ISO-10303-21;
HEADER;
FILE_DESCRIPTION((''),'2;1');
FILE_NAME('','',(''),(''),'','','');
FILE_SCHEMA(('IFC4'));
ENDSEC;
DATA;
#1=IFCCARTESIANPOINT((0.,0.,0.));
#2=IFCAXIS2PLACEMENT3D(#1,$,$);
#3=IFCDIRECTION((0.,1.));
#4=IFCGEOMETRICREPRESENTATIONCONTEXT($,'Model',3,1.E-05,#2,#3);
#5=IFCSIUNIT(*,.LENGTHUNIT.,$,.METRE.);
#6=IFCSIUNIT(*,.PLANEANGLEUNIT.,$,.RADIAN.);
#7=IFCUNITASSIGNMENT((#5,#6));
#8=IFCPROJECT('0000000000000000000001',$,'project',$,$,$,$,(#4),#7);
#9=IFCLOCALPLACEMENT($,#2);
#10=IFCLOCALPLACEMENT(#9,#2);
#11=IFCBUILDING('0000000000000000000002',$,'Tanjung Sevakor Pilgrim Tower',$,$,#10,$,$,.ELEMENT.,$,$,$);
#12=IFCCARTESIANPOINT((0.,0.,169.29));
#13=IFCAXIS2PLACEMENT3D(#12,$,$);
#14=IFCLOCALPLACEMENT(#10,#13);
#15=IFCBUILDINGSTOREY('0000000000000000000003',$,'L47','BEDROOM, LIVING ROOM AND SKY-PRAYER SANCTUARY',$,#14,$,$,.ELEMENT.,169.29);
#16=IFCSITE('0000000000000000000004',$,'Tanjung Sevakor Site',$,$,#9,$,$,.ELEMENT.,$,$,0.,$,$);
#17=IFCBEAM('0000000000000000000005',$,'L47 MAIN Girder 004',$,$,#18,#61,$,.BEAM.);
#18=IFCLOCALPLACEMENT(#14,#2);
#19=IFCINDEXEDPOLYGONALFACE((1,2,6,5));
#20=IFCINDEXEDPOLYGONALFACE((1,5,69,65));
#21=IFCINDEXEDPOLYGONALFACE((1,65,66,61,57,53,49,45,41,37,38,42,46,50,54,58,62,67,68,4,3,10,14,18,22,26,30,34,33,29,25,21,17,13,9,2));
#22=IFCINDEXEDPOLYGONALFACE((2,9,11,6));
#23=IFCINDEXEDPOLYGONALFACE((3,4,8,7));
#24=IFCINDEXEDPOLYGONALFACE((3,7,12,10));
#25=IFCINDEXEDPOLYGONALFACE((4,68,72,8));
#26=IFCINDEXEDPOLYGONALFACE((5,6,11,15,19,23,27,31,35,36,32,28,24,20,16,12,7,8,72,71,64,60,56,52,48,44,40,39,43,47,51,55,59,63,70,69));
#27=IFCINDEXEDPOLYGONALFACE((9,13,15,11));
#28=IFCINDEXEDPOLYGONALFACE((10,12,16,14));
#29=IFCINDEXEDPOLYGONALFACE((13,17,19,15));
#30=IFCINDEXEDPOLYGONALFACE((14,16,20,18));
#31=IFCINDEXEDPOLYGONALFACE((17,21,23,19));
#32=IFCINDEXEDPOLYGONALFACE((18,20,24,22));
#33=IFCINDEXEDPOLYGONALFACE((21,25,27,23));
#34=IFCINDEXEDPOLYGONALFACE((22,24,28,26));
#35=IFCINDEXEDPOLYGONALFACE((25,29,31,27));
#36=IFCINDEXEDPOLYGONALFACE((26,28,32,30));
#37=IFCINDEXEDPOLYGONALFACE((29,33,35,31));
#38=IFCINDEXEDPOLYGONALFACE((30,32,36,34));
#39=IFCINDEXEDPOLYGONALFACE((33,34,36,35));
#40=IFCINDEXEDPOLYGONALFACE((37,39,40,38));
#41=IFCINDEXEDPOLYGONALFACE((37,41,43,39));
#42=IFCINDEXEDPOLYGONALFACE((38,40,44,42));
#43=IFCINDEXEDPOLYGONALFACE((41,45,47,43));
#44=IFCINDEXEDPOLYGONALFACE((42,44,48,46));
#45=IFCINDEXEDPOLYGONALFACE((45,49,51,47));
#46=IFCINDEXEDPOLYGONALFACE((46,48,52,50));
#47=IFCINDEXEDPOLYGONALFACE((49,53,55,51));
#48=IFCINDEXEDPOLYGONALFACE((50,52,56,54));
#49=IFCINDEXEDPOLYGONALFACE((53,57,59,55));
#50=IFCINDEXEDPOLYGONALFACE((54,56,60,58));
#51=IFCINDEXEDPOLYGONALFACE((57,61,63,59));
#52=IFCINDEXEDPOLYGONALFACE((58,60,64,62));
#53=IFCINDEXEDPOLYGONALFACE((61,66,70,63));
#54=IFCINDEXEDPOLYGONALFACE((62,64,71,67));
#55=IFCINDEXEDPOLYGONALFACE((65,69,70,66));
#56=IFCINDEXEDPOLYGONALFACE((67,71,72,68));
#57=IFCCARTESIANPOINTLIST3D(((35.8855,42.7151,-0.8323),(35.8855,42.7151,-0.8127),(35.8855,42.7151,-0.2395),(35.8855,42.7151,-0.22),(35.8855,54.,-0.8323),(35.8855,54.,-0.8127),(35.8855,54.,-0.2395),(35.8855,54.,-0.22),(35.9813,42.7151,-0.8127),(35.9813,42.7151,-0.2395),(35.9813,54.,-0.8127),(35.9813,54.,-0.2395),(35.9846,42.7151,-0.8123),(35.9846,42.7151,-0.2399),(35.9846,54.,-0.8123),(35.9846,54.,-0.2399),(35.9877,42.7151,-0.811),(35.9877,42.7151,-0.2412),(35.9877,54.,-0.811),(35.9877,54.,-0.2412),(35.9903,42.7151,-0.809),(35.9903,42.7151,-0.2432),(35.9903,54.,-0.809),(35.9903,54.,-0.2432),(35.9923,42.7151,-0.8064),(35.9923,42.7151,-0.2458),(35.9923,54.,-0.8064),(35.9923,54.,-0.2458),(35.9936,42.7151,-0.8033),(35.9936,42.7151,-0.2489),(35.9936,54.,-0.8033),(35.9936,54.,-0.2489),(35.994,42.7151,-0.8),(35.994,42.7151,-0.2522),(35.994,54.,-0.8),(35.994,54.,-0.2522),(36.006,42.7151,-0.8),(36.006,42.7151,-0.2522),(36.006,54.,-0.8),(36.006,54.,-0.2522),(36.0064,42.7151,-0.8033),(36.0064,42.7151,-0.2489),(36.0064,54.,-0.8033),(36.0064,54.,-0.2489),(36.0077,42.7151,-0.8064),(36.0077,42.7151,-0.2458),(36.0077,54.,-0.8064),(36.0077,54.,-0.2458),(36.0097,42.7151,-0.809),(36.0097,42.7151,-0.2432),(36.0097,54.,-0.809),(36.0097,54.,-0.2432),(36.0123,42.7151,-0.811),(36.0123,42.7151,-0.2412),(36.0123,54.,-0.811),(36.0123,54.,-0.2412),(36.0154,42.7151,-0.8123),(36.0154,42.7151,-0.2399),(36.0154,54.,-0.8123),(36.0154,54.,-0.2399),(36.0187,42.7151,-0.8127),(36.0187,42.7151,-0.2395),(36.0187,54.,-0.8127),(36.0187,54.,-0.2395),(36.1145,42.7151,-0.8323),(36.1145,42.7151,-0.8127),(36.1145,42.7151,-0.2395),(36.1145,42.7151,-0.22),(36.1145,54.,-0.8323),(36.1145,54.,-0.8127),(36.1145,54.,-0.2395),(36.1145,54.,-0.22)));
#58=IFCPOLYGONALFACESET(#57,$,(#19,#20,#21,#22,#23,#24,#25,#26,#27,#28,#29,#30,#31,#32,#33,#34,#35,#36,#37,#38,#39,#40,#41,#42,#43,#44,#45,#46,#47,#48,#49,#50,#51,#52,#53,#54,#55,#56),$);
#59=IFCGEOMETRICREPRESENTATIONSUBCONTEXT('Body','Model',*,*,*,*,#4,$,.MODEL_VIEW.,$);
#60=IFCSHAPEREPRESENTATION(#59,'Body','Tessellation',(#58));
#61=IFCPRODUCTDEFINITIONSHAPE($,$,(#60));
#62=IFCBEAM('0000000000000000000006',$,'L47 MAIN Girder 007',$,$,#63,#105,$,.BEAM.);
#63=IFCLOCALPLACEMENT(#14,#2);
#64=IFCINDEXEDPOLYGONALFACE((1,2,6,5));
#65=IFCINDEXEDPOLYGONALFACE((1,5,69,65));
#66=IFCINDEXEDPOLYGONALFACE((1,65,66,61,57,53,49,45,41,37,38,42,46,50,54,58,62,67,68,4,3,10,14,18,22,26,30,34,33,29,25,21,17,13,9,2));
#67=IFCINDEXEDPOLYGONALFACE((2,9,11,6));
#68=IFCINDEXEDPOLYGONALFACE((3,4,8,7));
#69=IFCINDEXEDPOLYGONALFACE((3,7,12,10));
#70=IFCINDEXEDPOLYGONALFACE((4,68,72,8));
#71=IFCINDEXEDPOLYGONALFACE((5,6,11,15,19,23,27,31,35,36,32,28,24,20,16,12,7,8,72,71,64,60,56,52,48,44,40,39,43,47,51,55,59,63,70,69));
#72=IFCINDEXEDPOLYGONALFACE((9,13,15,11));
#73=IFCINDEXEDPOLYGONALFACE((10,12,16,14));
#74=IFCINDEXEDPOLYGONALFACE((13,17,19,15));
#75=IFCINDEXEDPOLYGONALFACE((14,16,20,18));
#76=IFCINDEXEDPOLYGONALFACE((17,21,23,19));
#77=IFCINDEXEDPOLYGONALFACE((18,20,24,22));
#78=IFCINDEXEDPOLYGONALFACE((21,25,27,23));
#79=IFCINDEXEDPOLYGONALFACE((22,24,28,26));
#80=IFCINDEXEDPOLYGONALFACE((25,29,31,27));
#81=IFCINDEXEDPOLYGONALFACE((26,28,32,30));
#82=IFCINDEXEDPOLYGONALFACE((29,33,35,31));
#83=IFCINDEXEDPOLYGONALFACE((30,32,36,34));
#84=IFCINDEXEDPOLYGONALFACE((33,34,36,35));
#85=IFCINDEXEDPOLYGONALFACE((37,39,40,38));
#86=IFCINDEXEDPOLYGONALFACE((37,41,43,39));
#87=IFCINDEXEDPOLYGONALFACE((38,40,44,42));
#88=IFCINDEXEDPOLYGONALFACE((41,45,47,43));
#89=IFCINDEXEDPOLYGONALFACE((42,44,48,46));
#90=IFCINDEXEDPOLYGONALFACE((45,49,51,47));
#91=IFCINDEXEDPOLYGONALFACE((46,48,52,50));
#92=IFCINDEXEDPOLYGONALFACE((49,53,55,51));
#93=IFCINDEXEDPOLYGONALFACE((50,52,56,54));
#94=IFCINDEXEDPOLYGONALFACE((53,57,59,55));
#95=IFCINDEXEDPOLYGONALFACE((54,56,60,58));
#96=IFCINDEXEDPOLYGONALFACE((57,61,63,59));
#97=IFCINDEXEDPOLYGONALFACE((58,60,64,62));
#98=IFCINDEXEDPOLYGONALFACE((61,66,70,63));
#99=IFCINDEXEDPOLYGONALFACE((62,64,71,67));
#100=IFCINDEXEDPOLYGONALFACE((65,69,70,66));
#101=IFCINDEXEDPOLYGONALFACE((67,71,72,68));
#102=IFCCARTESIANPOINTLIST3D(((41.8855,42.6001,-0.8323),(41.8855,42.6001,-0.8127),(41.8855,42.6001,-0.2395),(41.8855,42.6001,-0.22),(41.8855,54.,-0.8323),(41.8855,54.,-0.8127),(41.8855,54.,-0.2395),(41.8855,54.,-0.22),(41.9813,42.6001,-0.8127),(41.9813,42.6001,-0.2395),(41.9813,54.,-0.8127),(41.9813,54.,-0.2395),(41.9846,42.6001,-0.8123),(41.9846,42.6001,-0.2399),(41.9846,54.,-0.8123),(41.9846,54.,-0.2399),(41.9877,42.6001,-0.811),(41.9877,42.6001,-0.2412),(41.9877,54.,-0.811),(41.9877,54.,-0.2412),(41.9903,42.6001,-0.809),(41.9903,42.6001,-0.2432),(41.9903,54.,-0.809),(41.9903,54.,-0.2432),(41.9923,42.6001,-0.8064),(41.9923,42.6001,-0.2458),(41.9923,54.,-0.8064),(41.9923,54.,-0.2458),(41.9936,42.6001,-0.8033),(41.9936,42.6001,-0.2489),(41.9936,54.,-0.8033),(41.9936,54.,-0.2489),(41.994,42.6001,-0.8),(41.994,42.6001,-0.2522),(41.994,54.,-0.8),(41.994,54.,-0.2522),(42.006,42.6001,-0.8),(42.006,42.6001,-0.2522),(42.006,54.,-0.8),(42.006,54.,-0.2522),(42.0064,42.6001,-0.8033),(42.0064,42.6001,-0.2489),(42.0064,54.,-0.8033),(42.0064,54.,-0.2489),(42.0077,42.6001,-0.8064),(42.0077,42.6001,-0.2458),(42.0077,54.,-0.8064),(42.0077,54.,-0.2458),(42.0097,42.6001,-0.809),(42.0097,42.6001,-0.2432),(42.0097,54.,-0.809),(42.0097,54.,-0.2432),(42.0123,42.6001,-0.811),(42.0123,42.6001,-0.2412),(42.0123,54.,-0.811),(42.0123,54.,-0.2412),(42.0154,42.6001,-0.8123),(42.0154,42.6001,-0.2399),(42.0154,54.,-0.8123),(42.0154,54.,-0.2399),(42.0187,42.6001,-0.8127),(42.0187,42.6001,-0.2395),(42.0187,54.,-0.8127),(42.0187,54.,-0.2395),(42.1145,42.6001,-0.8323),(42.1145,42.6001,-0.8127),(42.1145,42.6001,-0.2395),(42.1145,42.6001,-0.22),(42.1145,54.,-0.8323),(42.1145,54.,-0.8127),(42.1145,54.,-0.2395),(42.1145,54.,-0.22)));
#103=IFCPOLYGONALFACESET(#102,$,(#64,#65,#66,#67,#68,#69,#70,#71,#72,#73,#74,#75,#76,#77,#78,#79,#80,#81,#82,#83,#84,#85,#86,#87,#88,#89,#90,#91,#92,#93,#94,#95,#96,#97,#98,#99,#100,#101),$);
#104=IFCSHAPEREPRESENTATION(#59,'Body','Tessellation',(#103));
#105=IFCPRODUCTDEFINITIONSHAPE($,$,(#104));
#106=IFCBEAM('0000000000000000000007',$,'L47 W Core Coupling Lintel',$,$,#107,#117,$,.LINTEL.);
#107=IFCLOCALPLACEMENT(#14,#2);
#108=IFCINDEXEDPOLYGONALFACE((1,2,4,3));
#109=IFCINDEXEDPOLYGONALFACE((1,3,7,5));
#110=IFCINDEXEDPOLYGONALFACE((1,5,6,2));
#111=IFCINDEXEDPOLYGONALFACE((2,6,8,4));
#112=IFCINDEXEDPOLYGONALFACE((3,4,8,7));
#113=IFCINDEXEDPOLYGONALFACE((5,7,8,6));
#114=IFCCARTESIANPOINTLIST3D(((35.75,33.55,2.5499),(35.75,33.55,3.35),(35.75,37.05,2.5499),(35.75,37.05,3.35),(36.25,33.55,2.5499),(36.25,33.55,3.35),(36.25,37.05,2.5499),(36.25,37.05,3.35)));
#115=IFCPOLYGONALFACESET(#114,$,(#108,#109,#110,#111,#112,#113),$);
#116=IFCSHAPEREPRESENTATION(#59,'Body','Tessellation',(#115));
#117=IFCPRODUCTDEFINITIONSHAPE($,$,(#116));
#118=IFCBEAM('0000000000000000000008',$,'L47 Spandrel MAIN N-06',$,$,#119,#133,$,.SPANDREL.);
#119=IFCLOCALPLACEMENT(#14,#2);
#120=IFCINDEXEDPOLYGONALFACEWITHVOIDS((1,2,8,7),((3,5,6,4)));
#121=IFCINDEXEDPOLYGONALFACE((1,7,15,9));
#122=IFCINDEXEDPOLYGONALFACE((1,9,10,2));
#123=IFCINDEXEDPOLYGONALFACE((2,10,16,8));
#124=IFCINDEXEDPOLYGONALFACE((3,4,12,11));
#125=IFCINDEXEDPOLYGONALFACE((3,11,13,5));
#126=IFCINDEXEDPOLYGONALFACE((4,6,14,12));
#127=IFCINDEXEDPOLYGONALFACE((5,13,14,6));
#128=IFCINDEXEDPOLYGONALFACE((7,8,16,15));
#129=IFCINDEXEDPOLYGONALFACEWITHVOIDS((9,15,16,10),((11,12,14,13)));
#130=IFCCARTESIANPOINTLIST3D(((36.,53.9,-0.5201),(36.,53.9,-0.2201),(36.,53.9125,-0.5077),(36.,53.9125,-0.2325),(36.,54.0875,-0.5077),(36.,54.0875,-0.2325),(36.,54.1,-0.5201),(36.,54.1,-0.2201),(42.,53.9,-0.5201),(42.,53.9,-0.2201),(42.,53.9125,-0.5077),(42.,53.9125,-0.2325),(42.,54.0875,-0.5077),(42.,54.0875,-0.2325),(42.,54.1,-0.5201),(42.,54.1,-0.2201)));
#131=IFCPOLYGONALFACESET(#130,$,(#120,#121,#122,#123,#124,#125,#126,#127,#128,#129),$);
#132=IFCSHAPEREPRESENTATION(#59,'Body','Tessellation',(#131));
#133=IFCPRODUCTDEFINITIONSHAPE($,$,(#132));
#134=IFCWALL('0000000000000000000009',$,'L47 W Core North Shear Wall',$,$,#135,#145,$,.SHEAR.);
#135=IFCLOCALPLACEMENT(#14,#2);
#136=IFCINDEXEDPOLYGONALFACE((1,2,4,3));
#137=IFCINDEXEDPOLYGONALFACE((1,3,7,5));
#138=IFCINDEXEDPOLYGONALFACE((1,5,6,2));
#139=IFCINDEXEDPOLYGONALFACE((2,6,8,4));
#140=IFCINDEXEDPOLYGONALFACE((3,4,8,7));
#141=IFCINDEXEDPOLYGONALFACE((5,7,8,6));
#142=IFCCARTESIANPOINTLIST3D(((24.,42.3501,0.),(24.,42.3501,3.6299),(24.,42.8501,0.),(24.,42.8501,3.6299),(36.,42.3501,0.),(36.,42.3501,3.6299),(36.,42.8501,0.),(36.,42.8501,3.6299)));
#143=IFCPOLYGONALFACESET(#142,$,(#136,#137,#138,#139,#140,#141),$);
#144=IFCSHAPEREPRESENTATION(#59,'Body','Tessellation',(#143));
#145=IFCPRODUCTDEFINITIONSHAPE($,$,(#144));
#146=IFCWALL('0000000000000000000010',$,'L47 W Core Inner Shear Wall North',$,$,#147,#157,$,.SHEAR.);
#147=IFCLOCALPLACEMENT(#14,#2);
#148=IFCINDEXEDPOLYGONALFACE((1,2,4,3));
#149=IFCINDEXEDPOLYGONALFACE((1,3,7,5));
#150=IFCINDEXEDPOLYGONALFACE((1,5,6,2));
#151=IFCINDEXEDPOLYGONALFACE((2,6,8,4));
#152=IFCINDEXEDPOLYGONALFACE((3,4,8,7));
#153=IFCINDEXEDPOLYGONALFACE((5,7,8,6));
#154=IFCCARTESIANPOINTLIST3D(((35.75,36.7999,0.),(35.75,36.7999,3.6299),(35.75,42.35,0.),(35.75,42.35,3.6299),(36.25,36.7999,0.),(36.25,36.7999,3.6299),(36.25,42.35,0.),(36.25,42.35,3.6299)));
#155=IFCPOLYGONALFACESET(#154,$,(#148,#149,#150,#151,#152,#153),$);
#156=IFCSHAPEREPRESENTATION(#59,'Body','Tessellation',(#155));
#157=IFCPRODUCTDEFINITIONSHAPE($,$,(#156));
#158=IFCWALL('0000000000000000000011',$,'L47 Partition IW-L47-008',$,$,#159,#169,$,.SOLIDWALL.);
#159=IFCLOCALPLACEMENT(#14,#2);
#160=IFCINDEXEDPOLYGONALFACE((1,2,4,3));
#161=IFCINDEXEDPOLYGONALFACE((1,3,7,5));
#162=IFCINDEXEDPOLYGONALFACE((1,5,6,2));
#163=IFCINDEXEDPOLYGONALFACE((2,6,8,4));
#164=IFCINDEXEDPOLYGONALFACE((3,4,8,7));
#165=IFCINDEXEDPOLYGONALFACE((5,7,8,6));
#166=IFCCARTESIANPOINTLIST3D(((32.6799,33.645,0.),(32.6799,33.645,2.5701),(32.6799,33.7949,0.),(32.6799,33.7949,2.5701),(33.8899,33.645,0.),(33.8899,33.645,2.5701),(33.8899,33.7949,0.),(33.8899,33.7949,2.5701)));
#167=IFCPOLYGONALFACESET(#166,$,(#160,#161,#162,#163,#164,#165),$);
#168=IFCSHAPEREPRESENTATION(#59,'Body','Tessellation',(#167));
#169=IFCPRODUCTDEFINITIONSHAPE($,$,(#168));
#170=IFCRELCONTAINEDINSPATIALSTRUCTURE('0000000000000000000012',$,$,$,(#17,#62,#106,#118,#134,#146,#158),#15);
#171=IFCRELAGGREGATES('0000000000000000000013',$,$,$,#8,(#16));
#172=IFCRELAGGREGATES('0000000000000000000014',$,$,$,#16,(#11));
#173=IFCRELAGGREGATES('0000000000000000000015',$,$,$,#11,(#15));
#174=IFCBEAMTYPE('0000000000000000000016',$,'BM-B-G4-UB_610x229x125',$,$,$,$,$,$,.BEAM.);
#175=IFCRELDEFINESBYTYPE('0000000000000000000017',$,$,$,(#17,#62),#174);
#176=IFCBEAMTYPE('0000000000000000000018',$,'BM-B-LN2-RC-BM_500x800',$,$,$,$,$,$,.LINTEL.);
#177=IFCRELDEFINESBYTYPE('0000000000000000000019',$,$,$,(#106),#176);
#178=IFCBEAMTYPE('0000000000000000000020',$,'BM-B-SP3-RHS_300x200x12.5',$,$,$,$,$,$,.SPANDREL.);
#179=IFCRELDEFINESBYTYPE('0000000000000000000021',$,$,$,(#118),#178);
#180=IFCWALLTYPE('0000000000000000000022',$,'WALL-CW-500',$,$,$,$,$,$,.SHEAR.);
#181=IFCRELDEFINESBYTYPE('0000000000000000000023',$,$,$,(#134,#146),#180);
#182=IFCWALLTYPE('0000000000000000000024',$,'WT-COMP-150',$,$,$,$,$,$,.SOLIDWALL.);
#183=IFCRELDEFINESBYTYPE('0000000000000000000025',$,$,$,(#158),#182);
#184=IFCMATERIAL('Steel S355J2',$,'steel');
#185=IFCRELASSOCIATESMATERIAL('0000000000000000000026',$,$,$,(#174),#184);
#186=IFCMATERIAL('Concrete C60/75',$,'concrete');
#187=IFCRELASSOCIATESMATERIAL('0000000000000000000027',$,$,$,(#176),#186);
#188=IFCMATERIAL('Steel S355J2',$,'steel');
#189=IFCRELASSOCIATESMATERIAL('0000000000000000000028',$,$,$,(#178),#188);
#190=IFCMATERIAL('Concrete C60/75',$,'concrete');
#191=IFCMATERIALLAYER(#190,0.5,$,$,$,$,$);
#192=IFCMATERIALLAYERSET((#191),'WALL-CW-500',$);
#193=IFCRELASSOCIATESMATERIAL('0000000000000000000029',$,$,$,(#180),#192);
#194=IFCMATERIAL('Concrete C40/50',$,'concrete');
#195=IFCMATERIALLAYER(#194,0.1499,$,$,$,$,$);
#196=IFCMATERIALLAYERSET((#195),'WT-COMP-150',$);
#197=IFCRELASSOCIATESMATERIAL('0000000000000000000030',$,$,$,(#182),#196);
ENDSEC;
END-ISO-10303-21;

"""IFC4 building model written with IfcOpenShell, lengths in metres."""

from ifc_helpers import new_model, si_unit, direction, frame, frame_2d, origin, origin_2d, place, context, subcontext, project, spatial, rectangle, hollow_rectangle, i_section, extrude, material, layer, layer_set, material_profile, profile_set, type_object, element, save


model = new_model("IFC4")

# Units and contexts
model_context = context("Model", 3, precision=1e-05, world=origin(), true_north=direction((0.0, 1.0)))
body_context = subcontext(model_context, "Body", "Model", "MODEL_VIEW")
ifc_project = project(units=[si_unit("LENGTHUNIT", "METRE"), si_unit("PLANEANGLEUNIT", "RADIAN")], contexts=[model_context])

# Site, building, storey
site_placement = place(None, origin())
site = spatial("IfcSite", under=ifc_project, at=site_placement, Name="Tanjung Sevakor Site", CompositionType="ELEMENT", RefElevation=0.0)
building_placement = place(site_placement, origin())
building = spatial("IfcBuilding", under=site, at=building_placement, Name="Tanjung Sevakor Pilgrim Tower", CompositionType="ELEMENT")
storey_placement = place(building_placement, frame((0.0, 0.0, 169.29)))
storey = spatial("IfcBuildingStorey", under=building, at=storey_placement, Name="L47", Description="BEDROOM, LIVING ROOM AND SKY-PRAYER SANCTUARY", CompositionType="ELEMENT", Elevation=169.29)

# Beams
ifc_material_1 = material(Name="Steel S355J2", Category="steel")
ifc_material_profile_1 = material_profile(ifc_material_1, i_section(OverallWidth=0.229, OverallDepth=0.6123, WebThickness=0.012, FlangeThickness=0.0195, FilletRadius=0.0127, at=origin_2d()))
ifc_profile_set_1 = profile_set([ifc_material_profile_1], Name="Steel S355J2")
beam_type_1 = type_object("IfcBeamType", Name="BM-B-G4-UB_610x229x125", PredefinedType="BEAM", material=ifc_profile_set_1)
beam_1_placement = place(storey_placement, frame((36.0, 42.7151, -0.5261), z_axis=(0.0, 1.0, 0.0), x_axis=(-1.0, 0.0, 0.0)))
element("IfcBeam", 1, at=beam_1_placement, inside=storey, type_object=beam_type_1, Name="L47 MAIN Girder 004", PredefinedType="BEAM", context=body_context, shape_type="SweptSolid", body=[
    extrude(i_section(OverallWidth=0.229, OverallDepth=0.6123, WebThickness=0.012, FlangeThickness=0.0195, FilletRadius=0.0127, at=origin_2d()), origin(), (0.0, 0.0, 1.0), 11.2849),
])
beam_2_placement = place(storey_placement, frame((42.0, 42.6001, -0.5261), z_axis=(0.0, 1.0, 0.0), x_axis=(-1.0, 0.0, 0.0)))
element("IfcBeam", 2, at=beam_2_placement, inside=storey, type_object=beam_type_1, Name="L47 MAIN Girder 007", PredefinedType="BEAM", context=body_context, shape_type="SweptSolid", body=[
    extrude(i_section(OverallWidth=0.229, OverallDepth=0.6123, WebThickness=0.012, FlangeThickness=0.0195, FilletRadius=0.0127, at=origin_2d()), origin(), (0.0, 0.0, 1.0), 11.3999),
])
ifc_material_2 = material(Name="Concrete C60/75", Category="concrete")
ifc_material_profile_2 = material_profile(ifc_material_2, rectangle(XDim=0.5, YDim=0.8, at=origin_2d()))
ifc_profile_set_2 = profile_set([ifc_material_profile_2], Name="Concrete C60/75")
beam_type_2 = type_object("IfcBeamType", Name="BM-B-LN2-RC-BM_500x800", PredefinedType="LINTEL", material=ifc_profile_set_2)
beam_3_placement = place(storey_placement, frame((36.0, 33.55, 2.95), z_axis=(0.0, 1.0, 0.0), x_axis=(-1.0, 0.0, 0.0)))
element("IfcBeam", 3, at=beam_3_placement, inside=storey, type_object=beam_type_2, Name="L47 W Core Coupling Lintel", PredefinedType="LINTEL", context=body_context, shape_type="SweptSolid", body=[
    extrude(rectangle(XDim=0.5, YDim=0.8, at=origin_2d()), origin(), (0.0, 0.0, 1.0), 3.5),
])
ifc_material_3 = material(Name="Steel S355J2", Category="steel")
ifc_material_profile_3 = material_profile(ifc_material_3, hollow_rectangle(XDim=0.2, YDim=0.3, WallThickness=0.0125, at=origin_2d()))
ifc_profile_set_3 = profile_set([ifc_material_profile_3], Name="Steel S355J2")
beam_type_3 = type_object("IfcBeamType", Name="BM-B-SP3-RHS_300x200x12.5", PredefinedType="SPANDREL", material=ifc_profile_set_3)
beam_4_placement = place(storey_placement, frame((36.0, 54.0, -0.3701), z_axis=(1.0, 0.0, 0.0), x_axis=(0.0, 1.0, 0.0)))
element("IfcBeam", 4, at=beam_4_placement, inside=storey, type_object=beam_type_3, Name="L47 Spandrel MAIN N-06", PredefinedType="SPANDREL", context=body_context, shape_type="SweptSolid", body=[
    extrude(hollow_rectangle(XDim=0.2, YDim=0.3, WallThickness=0.0125, at=origin_2d()), origin(), (0.0, 0.0, 1.0), 6.0),
])

# Walls
ifc_material_4 = material(Name="Concrete C60/75", Category="concrete")
ifc_layer_1 = layer(ifc_material_4, 0.5)
ifc_layer_set_1 = layer_set([ifc_layer_1], Name="WALL-CW-500")
wall_type_1 = type_object("IfcWallType", Name="WALL-CW-500", PredefinedType="SHEAR", material=ifc_layer_set_1)
wall_1_placement = place(storey_placement, frame((36.0, 42.6001, 0.0), z_axis=(0.0, 0.0, 1.0), x_axis=(-1.0, 0.0, 0.0)))
element("IfcWall", 5, at=wall_1_placement, inside=storey, type_object=wall_type_1, Name="L47 W Core North Shear Wall", PredefinedType="SHEAR", context=body_context, shape_type="SweptSolid", body=[
    extrude(rectangle(XDim=12.0, YDim=0.5, at=frame_2d((6.0, 0.0))), origin(), (0.0, 0.0, 1.0), 3.6299),
])
wall_2_placement = place(storey_placement, frame((36.0, 36.8, 0.0), z_axis=(0.0, 0.0, 1.0), x_axis=(0.0, 1.0, 0.0)))
element("IfcWall", 6, at=wall_2_placement, inside=storey, type_object=wall_type_1, Name="L47 W Core Inner Shear Wall North", PredefinedType="SHEAR", context=body_context, shape_type="SweptSolid", body=[
    extrude(rectangle(XDim=5.55, YDim=0.5, at=frame_2d((2.7749, 0.0))), origin(), (0.0, 0.0, 1.0), 3.6299),
])
ifc_material_5 = material(Name="Concrete C40/50", Category="concrete")
ifc_layer_2 = layer(ifc_material_5, 0.1499)
ifc_layer_set_2 = layer_set([ifc_layer_2], Name="WT-COMP-150")
wall_type_2 = type_object("IfcWallType", Name="WT-COMP-150", PredefinedType="SOLIDWALL", material=ifc_layer_set_2)
wall_3_placement = place(storey_placement, frame((32.6799, 33.72, 0.0), z_axis=(0.0, 0.0, 1.0), x_axis=(1.0, 0.0, 0.0)))
element("IfcWall", 7, at=wall_3_placement, inside=storey, type_object=wall_type_2, Name="L47 Partition IW-L47-008", PredefinedType="SOLIDWALL", context=body_context, shape_type="SweptSolid", body=[
    extrude(rectangle(XDim=1.21, YDim=0.1499, at=frame_2d((0.605, 0.0))), origin(), (0.0, 0.0, 1.0), 2.5701),
])

save(model, "model.ifc")
